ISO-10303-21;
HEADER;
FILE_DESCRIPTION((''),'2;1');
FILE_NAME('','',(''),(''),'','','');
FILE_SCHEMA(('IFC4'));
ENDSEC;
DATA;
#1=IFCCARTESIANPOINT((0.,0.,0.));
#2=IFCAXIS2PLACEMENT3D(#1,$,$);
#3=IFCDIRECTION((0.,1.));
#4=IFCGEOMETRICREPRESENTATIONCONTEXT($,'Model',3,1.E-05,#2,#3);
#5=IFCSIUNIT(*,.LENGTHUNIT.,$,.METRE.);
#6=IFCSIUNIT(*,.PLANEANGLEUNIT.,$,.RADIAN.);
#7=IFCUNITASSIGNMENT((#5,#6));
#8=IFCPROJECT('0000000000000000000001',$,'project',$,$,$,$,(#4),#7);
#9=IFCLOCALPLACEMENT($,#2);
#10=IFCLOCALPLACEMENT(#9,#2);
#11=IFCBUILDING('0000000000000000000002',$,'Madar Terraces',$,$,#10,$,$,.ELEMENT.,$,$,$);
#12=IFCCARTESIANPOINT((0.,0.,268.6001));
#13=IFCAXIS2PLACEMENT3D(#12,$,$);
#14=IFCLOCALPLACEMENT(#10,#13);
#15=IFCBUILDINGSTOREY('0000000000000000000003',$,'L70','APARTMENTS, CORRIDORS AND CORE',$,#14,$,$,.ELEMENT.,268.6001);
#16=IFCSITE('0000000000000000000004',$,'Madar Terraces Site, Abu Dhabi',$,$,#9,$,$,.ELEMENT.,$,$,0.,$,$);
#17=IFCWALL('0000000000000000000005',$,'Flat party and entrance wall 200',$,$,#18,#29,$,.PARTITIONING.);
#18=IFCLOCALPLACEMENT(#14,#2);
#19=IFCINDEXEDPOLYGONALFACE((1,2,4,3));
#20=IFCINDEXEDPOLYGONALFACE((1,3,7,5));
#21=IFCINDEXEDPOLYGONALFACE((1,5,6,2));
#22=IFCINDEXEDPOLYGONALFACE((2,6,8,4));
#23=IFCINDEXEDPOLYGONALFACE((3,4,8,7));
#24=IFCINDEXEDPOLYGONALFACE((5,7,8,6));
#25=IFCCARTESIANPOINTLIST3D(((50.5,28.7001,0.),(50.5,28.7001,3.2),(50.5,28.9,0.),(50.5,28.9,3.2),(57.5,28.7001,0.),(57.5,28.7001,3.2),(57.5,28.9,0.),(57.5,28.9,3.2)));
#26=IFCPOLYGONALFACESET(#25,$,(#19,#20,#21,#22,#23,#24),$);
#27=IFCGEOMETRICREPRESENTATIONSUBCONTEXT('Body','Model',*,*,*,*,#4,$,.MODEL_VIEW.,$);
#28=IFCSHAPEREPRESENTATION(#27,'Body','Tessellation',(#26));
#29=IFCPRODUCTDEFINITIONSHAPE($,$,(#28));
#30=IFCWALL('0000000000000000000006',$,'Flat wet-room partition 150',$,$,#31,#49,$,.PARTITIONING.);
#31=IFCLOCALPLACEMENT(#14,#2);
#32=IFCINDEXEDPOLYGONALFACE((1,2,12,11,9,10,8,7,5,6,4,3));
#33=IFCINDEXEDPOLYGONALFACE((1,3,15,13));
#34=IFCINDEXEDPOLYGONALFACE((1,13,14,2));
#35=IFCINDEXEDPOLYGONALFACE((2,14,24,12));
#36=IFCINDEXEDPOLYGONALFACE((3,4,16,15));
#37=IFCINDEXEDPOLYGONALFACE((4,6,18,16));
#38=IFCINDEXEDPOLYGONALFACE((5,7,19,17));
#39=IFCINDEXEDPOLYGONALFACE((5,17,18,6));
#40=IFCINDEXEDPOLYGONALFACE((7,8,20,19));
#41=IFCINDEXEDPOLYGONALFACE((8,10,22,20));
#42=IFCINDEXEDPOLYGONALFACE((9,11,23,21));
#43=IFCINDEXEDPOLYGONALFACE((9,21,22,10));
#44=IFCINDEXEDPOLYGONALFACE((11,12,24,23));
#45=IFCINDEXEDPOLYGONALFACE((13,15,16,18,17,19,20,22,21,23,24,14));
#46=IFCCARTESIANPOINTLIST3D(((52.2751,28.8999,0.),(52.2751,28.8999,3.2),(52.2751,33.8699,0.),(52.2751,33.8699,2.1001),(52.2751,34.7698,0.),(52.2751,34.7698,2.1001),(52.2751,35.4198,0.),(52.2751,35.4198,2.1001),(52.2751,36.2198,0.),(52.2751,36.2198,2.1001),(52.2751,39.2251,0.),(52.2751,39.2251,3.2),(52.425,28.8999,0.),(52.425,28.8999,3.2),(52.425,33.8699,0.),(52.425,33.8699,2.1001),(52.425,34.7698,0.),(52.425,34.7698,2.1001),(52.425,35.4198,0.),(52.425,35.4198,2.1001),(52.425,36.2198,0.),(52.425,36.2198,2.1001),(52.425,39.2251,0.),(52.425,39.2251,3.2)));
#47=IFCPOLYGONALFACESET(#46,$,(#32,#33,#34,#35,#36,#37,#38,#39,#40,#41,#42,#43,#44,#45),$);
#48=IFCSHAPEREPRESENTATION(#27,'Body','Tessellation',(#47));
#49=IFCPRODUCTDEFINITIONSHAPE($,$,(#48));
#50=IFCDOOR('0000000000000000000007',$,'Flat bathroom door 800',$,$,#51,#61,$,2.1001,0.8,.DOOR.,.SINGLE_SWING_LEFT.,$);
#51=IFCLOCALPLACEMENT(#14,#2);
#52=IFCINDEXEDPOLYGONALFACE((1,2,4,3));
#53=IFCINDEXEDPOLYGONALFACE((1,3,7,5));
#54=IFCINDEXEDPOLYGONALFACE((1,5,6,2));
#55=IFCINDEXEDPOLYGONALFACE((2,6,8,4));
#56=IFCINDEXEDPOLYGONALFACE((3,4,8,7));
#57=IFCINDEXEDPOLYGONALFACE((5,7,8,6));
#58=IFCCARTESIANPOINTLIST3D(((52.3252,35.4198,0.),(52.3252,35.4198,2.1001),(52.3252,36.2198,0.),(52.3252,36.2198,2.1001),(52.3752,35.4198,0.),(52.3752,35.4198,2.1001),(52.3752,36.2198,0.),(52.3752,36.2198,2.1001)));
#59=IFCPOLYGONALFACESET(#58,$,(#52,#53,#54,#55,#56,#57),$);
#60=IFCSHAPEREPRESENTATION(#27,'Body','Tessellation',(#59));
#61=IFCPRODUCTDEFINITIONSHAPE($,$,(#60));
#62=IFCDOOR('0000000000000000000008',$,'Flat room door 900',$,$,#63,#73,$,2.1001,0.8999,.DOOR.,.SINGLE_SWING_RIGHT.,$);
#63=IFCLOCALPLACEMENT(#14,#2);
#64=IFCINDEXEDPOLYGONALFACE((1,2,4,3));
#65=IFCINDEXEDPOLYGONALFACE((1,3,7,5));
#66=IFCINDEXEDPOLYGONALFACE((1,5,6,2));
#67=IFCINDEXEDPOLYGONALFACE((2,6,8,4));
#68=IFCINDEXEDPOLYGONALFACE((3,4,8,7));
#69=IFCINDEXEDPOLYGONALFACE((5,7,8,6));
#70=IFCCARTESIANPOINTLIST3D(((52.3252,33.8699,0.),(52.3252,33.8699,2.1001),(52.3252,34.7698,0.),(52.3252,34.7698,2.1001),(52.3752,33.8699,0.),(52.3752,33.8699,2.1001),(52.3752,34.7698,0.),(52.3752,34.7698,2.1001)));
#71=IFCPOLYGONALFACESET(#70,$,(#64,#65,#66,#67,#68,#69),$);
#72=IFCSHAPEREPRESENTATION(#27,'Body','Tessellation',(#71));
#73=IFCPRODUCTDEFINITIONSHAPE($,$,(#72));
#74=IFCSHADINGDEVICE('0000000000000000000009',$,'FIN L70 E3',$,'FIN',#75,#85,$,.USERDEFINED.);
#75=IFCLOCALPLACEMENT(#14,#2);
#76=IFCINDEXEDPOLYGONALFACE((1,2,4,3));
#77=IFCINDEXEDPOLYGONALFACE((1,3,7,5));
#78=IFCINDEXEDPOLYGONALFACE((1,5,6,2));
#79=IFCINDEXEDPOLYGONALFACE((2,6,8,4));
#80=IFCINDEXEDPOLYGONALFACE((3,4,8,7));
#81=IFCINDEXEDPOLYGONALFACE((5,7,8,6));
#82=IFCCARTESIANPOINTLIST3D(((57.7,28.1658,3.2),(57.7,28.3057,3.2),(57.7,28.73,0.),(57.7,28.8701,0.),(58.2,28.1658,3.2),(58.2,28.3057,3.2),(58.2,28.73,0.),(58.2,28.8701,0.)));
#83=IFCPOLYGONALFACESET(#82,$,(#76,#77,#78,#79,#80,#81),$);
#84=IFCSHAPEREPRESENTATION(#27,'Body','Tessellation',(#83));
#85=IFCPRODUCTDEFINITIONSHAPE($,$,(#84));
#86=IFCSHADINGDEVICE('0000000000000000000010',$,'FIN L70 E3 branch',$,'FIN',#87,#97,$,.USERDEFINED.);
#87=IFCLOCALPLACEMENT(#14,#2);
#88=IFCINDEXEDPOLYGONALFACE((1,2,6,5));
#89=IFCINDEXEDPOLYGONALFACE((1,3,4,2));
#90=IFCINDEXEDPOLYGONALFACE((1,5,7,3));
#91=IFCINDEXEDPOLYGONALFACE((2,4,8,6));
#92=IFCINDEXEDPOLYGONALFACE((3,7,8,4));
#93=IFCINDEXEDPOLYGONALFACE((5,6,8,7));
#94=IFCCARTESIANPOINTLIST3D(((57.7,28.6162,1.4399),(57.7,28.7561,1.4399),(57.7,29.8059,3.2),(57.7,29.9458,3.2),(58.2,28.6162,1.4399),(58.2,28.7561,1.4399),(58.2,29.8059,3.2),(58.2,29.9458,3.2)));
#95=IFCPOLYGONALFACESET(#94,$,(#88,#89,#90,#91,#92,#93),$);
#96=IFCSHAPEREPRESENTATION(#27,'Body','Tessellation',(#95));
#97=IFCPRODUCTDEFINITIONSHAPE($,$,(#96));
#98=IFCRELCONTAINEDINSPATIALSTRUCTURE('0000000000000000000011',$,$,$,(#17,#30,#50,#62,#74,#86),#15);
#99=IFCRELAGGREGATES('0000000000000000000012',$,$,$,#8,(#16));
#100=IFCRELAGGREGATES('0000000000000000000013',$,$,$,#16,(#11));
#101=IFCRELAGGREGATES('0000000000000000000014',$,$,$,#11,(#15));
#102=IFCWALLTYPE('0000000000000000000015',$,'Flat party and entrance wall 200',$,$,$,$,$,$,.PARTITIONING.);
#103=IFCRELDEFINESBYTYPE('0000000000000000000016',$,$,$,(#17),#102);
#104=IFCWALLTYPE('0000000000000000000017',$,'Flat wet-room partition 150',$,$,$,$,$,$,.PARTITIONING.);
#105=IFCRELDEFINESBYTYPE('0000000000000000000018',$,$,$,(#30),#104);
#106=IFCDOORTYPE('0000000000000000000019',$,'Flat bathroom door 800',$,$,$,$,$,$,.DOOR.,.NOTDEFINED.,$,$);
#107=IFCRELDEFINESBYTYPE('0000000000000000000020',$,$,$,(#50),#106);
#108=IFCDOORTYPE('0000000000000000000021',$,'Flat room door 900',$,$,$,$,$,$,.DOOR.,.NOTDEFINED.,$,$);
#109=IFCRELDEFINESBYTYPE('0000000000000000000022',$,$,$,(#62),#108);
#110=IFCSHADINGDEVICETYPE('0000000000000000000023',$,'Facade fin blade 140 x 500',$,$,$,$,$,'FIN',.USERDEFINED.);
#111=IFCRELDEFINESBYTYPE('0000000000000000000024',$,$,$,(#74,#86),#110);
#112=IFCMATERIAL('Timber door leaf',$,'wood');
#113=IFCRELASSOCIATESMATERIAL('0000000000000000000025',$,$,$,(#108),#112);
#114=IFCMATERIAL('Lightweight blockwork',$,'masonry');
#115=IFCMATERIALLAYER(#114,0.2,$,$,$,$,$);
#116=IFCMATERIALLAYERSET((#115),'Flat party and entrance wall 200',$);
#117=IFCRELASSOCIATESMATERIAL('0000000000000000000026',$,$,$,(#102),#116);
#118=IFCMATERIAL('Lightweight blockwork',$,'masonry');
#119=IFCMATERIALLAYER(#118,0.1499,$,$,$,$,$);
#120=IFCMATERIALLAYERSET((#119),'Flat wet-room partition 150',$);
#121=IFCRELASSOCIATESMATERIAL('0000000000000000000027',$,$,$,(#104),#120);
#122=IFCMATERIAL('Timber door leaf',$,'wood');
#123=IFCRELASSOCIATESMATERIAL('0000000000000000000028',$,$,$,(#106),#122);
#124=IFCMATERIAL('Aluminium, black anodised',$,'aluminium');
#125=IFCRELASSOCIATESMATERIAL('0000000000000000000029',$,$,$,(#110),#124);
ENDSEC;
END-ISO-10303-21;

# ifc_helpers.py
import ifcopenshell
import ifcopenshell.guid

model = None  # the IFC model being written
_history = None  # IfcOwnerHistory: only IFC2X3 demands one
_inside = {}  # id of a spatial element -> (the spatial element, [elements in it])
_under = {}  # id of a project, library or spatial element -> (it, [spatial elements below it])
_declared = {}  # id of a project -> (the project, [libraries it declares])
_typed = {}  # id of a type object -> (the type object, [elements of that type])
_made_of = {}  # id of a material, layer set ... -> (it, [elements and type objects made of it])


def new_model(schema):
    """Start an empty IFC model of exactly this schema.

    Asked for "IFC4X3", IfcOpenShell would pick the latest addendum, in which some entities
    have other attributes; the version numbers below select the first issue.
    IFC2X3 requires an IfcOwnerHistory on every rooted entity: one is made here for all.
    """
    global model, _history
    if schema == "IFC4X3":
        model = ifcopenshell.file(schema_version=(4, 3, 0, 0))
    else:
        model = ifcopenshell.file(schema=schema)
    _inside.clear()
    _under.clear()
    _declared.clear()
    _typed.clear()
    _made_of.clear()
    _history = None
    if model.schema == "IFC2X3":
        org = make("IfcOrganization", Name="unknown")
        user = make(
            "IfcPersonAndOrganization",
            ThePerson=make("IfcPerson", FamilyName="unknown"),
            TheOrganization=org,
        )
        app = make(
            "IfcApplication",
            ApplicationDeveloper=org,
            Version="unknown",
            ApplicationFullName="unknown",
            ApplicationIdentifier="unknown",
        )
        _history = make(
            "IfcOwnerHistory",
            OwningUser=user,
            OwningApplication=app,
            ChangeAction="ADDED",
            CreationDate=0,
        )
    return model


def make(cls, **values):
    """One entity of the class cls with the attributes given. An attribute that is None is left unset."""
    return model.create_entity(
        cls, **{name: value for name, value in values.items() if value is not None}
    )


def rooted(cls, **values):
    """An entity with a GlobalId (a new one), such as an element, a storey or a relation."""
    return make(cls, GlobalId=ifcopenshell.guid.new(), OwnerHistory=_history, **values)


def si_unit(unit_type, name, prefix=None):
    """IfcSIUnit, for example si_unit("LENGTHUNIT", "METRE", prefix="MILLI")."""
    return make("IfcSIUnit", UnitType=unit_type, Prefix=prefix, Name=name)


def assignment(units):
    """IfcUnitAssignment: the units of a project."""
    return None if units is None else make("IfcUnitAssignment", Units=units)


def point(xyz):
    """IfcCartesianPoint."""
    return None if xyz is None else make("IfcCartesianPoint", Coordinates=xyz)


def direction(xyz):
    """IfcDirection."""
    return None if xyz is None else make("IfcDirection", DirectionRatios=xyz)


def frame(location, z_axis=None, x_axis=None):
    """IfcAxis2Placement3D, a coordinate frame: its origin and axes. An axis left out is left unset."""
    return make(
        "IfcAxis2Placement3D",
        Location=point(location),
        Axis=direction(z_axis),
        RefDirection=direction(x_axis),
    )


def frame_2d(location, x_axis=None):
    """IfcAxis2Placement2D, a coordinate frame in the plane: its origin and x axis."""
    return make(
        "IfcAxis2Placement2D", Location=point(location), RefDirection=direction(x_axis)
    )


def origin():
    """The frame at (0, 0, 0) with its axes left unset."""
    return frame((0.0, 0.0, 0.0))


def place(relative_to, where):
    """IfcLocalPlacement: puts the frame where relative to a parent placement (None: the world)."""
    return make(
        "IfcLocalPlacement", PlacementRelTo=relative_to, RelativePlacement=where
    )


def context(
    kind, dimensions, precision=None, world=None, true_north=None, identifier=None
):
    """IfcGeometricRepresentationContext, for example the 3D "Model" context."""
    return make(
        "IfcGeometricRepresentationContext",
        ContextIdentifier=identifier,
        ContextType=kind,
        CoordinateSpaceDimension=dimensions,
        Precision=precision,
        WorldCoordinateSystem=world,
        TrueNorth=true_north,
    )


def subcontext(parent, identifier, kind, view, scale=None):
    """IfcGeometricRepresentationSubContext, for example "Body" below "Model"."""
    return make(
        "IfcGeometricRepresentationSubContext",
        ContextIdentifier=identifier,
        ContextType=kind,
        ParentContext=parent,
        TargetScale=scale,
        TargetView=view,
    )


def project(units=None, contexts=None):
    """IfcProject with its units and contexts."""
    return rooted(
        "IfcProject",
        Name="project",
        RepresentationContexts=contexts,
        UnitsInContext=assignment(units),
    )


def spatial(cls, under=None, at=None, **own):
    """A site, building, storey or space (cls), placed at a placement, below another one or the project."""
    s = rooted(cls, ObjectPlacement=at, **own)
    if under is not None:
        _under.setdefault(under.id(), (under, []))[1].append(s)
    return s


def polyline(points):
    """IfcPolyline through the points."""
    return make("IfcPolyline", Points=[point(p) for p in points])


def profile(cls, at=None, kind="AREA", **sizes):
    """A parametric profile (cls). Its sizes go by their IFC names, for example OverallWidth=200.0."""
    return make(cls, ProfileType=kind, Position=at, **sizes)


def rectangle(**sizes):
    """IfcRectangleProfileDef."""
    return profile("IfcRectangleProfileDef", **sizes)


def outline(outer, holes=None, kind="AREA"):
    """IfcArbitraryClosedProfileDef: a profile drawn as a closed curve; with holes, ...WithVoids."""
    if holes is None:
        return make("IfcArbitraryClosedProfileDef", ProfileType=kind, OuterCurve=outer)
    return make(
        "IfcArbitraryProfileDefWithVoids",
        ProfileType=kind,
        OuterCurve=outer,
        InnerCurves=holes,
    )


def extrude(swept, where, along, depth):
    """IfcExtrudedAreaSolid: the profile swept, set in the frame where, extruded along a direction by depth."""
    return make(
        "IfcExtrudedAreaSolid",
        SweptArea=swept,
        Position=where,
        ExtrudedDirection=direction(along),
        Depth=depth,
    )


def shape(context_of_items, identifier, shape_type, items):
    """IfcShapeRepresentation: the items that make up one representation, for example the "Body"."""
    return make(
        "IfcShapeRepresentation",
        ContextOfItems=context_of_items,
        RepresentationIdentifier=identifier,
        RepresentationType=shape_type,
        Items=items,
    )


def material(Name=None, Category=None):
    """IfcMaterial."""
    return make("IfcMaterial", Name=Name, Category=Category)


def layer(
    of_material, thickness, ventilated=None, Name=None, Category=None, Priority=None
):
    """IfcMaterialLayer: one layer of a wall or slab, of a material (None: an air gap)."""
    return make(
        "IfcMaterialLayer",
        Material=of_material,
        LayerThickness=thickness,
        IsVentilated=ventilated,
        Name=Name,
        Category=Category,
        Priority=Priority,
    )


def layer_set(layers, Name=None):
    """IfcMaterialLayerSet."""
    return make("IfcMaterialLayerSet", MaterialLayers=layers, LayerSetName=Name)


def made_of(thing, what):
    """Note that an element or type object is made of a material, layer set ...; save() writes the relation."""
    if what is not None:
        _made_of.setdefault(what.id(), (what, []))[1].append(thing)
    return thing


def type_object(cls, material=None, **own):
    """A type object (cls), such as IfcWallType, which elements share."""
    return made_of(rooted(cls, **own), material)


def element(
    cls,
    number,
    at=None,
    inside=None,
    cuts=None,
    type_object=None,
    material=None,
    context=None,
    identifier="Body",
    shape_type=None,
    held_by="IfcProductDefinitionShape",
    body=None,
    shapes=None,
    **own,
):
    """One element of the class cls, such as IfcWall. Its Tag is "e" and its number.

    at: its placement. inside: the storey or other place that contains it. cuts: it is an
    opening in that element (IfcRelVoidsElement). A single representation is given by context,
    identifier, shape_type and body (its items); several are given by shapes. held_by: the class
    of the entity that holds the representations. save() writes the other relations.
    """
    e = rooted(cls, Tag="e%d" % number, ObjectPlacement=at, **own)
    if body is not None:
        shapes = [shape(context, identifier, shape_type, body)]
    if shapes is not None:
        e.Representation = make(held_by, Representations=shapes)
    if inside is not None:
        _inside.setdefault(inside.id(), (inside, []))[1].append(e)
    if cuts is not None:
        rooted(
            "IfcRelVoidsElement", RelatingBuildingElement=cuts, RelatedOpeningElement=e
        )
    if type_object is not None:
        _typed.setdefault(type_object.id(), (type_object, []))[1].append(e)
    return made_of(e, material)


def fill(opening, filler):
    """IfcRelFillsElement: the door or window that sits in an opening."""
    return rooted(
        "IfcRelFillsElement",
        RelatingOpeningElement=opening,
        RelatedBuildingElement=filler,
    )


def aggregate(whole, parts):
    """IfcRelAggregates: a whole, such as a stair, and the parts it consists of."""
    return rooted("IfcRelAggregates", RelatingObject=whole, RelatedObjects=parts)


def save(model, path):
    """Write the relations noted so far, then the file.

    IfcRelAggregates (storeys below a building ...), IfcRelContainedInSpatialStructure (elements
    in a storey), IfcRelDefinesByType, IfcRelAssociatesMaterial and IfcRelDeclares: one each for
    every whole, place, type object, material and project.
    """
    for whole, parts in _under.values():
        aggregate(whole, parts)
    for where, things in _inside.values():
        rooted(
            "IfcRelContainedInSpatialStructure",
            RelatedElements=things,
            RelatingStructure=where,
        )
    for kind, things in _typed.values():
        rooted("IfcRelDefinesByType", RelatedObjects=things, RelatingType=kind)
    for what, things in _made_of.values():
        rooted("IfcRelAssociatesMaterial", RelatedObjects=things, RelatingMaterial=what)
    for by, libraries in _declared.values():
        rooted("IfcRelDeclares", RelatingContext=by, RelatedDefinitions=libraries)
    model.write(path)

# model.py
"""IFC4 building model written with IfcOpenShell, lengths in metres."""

from ifc_helpers import new_model, si_unit, direction, frame, frame_2d, origin, place, context, subcontext, project, spatial, polyline, rectangle, outline, extrude, material, layer, layer_set, type_object, element, fill, save


model = new_model("IFC4")

# Units and contexts
model_context = context("Model", 3, precision=1e-05, world=origin(), true_north=direction((0.0, 1.0)))
body_context = subcontext(model_context, "Body", "Model", "MODEL_VIEW")
ifc_project = project(units=[si_unit("LENGTHUNIT", "METRE"), si_unit("PLANEANGLEUNIT", "RADIAN")], contexts=[model_context])

# Site, building, storey
site_placement = place(None, origin())
site = spatial("IfcSite", under=ifc_project, at=site_placement, Name="Madar Terraces Site, Abu Dhabi", CompositionType="ELEMENT", RefElevation=0.0)
building_placement = place(site_placement, origin())
building = spatial("IfcBuilding", under=site, at=building_placement, Name="Madar Terraces", CompositionType="ELEMENT")
storey_placement = place(building_placement, frame((0.0, 0.0, 268.6001)))
storey = spatial("IfcBuildingStorey", under=building, at=storey_placement, Name="L70", Description="APARTMENTS, CORRIDORS AND CORE", CompositionType="ELEMENT", Elevation=268.6001)

# Shared definitions
ifc_material_1 = material(Name="Timber door leaf", Category="wood")
door_type_1 = type_object("IfcDoorType", Name="Flat room door 900", OperationType="NOTDEFINED", PredefinedType="DOOR", material=ifc_material_1)

# Wall
ifc_material_2 = material(Name="Lightweight blockwork", Category="masonry")
ifc_layer_1 = layer(ifc_material_2, 0.2)
ifc_layer_set_1 = layer_set([ifc_layer_1], Name="Flat party and entrance wall 200")
wall_type_1 = type_object("IfcWallType", Name="Flat party and entrance wall 200", PredefinedType="PARTITIONING", material=ifc_layer_set_1)
wall_1_placement = place(storey_placement, frame((50.5, 28.8, 0.0), z_axis=(0.0, 0.0, 1.0), x_axis=(1.0, 0.0, 0.0)))
element("IfcWall", 1, at=wall_1_placement, inside=storey, type_object=wall_type_1, Name="Flat party and entrance wall 200", PredefinedType="PARTITIONING", context=body_context, shape_type="SweptSolid", body=[
    extrude(rectangle(XDim=7.0, YDim=0.2, at=frame_2d((3.5, 0.0))), origin(), (0.0, 0.0, 1.0), 3.2),
])

# Wall, openings, doors
ifc_material_3 = material(Name="Lightweight blockwork", Category="masonry")
ifc_layer_2 = layer(ifc_material_3, 0.1499)
ifc_layer_set_2 = layer_set([ifc_layer_2], Name="Flat wet-room partition 150")
wall_type_2 = type_object("IfcWallType", Name="Flat wet-room partition 150", PredefinedType="PARTITIONING", material=ifc_layer_set_2)
wall_2_placement = place(storey_placement, frame((52.3501, 28.8999, 0.0), z_axis=(0.0, 0.0, 1.0), x_axis=(0.0, 1.0, 0.0)))
wall_2 = element("IfcWall", 2, at=wall_2_placement, inside=storey, type_object=wall_type_2, Name="Flat wet-room partition 150", PredefinedType="PARTITIONING", context=body_context, shape_type="SweptSolid", body=[
    extrude(rectangle(XDim=10.3252, YDim=0.1499, at=frame_2d((5.1626, 0.0))), origin(), (0.0, 0.0, 1.0), 3.2),
])
opening_1_placement = place(wall_2_placement, frame((6.52, 0.0, 0.0)))
opening_1 = element("IfcOpeningElement", 3, at=opening_1_placement, cuts=wall_2, PredefinedType="OPENING", context=body_context, shape_type="SweptSolid", body=[
    extrude(rectangle(XDim=0.8, YDim=2.1001, at=frame_2d((0.3999, 1.05))), frame((0.0, 0.085, 0.0), z_axis=(0.0, -1.0, 0.0), x_axis=(1.0, 0.0, 0.0)), (0.0, 0.0, 1.0), 0.1699),
])
opening_2_placement = place(wall_2_placement, frame((4.97, 0.0, 0.0)))
opening_2 = element("IfcOpeningElement", 4, at=opening_2_placement, cuts=wall_2, PredefinedType="OPENING", context=body_context, shape_type="SweptSolid", body=[
    extrude(rectangle(XDim=0.8999, YDim=2.1001, at=frame_2d((0.45, 1.05))), frame((0.0, 0.085, 0.0), z_axis=(0.0, -1.0, 0.0), x_axis=(1.0, 0.0, 0.0)), (0.0, 0.0, 1.0), 0.1699),
])
ifc_material_4 = material(Name="Timber door leaf", Category="wood")
door_type_2 = type_object("IfcDoorType", Name="Flat bathroom door 800", OperationType="NOTDEFINED", PredefinedType="DOOR", material=ifc_material_4)
door_1_placement = place(opening_1_placement, origin())
door_1 = element("IfcDoor", 5, at=door_1_placement, inside=storey, type_object=door_type_2, Name="Flat bathroom door 800", OperationType="SINGLE_SWING_LEFT", OverallHeight=2.1001, OverallWidth=0.8, PredefinedType="DOOR", context=body_context, shape_type="SweptSolid", body=[
    extrude(rectangle(XDim=0.8, YDim=2.1001, at=frame_2d((0.3999, 1.05))), frame((0.0, 0.0249, 0.0), z_axis=(0.0, -1.0, 0.0), x_axis=(1.0, 0.0, 0.0)), (0.0, 0.0, 1.0), 0.05),
])
fill(opening_1, door_1)
door_2_placement = place(opening_2_placement, origin())
door_2 = element("IfcDoor", 6, at=door_2_placement, inside=storey, type_object=door_type_1, Name="Flat room door 900", OperationType="SINGLE_SWING_RIGHT", OverallHeight=2.1001, OverallWidth=0.8999, PredefinedType="DOOR", context=body_context, shape_type="SweptSolid", body=[
    extrude(rectangle(XDim=0.8999, YDim=2.1001, at=frame_2d((0.45, 1.05))), frame((0.0, 0.0249, 0.0), z_axis=(0.0, -1.0, 0.0), x_axis=(1.0, 0.0, 0.0)), (0.0, 0.0, 1.0), 0.05),
])
fill(opening_2, door_2)

# Shading devices
ifc_material_5 = material(Name="Aluminium, black anodised", Category="aluminium")
shading_device_type = type_object("IfcShadingDeviceType", Name="Facade fin blade 140 x 500", ElementType="FIN", PredefinedType="USERDEFINED", material=ifc_material_5)
shading_device_1_placement = place(storey_placement, frame((57.95, 28.73, 0.0), z_axis=(0.0, 0.0, 1.0), x_axis=(0.0, 1.0, 0.0)))
element("IfcShadingDevice", 7, at=shading_device_1_placement, inside=storey, type_object=shading_device_type, Name="FIN L70 E3", ObjectType="FIN", PredefinedType="USERDEFINED", context=body_context, shape_type="SweptSolid", body=[
    extrude(outline(polyline([(0.0, 0.0), (0.1401, 0.0), (-0.4243, 3.2), (-0.5642, 3.2), (0.0, 0.0)])), frame((0.0, 0.25, 0.0), z_axis=(0.0, -1.0, 0.0), x_axis=(1.0, 0.0, 0.0)), (0.0, 0.0, 1.0), 0.5),
])
shading_device_2_placement = place(storey_placement, frame((57.95, 28.6162, 1.4399), z_axis=(0.0, 0.0, 1.0), x_axis=(0.0, 1.0, 0.0)))
element("IfcShadingDevice", 8, at=shading_device_2_placement, inside=storey, type_object=shading_device_type, Name="FIN L70 E3 branch", ObjectType="FIN", PredefinedType="USERDEFINED", context=body_context, shape_type="SweptSolid", body=[
    extrude(outline(polyline([(0.0, 0.0), (0.1399, 0.0), (1.3296, 1.76), (1.1897, 1.76), (0.0, 0.0)])), frame((0.0, 0.25, 0.0), z_axis=(0.0, -1.0, 0.0), x_axis=(1.0, 0.0, 0.0)), (0.0, 0.0, 1.0), 0.5),
])

save(model, "model.ifc")
